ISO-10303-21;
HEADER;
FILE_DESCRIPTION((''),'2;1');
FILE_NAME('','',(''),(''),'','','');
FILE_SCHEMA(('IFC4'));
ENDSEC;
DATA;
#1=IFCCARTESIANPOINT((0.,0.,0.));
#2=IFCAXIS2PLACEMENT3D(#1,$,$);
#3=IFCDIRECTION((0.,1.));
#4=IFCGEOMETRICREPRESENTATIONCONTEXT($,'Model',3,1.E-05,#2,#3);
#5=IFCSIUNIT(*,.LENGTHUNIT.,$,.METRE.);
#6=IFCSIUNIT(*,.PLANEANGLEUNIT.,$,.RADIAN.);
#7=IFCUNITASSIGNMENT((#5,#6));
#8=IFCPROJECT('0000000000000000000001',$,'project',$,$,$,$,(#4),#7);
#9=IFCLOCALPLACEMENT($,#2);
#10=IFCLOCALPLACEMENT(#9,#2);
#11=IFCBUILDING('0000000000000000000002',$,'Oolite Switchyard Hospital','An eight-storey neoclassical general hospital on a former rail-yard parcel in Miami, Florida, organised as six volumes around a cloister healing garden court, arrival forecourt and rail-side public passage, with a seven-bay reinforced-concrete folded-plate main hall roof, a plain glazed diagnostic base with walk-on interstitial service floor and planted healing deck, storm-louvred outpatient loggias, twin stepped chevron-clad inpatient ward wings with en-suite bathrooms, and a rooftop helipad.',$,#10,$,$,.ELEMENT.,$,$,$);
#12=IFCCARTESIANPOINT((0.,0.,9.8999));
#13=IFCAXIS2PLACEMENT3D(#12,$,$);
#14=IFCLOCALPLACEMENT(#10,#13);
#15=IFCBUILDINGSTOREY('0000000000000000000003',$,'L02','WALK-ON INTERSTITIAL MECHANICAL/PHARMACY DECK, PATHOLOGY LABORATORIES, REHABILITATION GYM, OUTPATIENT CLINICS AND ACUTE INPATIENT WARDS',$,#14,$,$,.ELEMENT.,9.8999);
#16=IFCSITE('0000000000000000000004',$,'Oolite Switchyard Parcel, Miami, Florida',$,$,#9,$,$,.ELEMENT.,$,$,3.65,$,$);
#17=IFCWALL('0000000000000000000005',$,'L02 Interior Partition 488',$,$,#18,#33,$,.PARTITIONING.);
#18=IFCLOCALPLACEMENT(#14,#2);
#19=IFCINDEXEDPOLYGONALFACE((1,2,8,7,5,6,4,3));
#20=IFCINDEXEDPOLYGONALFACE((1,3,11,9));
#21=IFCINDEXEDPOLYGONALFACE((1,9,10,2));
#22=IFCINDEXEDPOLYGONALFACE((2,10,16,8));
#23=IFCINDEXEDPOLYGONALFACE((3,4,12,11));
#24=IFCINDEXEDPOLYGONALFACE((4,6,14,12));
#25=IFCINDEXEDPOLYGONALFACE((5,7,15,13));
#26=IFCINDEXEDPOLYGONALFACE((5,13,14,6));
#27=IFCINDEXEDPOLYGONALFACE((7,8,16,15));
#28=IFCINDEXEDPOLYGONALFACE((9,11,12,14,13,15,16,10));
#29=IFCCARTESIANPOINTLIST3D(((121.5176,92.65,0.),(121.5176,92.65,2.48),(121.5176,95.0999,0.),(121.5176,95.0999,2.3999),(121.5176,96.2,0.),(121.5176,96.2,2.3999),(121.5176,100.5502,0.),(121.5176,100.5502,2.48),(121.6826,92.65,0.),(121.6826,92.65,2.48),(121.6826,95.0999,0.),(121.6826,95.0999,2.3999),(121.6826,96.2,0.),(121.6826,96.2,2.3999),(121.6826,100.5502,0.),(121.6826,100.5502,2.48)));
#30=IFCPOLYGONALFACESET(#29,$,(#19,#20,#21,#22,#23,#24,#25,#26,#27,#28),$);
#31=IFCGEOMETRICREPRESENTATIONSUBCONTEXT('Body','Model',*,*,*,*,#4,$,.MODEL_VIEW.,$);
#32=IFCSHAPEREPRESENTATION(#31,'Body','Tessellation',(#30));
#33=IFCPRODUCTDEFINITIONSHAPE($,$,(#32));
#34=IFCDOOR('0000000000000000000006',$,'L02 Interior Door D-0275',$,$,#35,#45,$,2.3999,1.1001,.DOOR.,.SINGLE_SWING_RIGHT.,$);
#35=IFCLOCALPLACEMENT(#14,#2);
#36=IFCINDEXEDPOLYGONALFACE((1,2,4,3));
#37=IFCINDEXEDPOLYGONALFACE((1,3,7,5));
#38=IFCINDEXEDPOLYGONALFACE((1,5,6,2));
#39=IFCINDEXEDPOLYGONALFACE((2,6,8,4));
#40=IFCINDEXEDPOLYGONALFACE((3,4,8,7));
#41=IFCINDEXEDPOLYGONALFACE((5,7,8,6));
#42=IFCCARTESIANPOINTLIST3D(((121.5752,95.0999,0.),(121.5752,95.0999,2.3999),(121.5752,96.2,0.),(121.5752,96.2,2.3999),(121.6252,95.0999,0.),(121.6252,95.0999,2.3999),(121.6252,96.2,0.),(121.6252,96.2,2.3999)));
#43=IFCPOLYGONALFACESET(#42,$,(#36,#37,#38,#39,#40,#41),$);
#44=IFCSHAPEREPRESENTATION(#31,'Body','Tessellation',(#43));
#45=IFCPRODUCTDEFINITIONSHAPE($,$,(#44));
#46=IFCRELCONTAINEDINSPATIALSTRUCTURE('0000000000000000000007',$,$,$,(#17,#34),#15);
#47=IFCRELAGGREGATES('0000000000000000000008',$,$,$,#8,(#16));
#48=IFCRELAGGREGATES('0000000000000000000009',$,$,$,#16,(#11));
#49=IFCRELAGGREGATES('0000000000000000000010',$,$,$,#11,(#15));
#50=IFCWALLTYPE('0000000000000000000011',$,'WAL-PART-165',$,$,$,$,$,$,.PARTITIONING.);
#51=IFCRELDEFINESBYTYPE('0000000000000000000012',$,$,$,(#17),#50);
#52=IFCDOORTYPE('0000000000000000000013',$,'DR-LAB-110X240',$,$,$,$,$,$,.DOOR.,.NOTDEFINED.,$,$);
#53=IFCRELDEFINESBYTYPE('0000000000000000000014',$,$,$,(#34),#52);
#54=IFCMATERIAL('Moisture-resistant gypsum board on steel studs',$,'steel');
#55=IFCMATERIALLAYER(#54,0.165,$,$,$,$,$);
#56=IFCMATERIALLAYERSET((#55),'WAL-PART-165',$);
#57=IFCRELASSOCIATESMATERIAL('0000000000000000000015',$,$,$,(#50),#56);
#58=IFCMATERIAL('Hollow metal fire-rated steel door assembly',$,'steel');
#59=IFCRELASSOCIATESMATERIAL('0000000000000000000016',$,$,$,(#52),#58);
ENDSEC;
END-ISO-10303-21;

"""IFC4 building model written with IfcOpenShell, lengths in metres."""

from ifc_helpers import new_model, si_unit, direction, frame, frame_2d, origin, place, context, subcontext, project, spatial, rectangle, extrude, material, layer, layer_set, type_object, element, fill, save


model = new_model("IFC4")

# Units and contexts
model_context = context("Model", 3, precision=1e-05, world=origin(), true_north=direction((0.0, 1.0)))
body_context = subcontext(model_context, "Body", "Model", "MODEL_VIEW")
ifc_project = project(units=[si_unit("LENGTHUNIT", "METRE"), si_unit("PLANEANGLEUNIT", "RADIAN")], contexts=[model_context])

# Site, building, storey
site_placement = place(None, origin())
site = spatial("IfcSite", under=ifc_project, at=site_placement, Name="Oolite Switchyard Parcel, Miami, Florida", CompositionType="ELEMENT", RefElevation=3.65)
building_placement = place(site_placement, origin())
building = spatial("IfcBuilding", under=site, at=building_placement, Name="Oolite Switchyard Hospital", Description="An eight-storey neoclassical general hospital on a former rail-yard parcel in Miami, Florida, organised as six volumes around a cloister healing garden court, arrival forecourt and rail-side public passage, with a seven-bay reinforced-concrete folded-plate main hall roof, a plain glazed diagnostic base with walk-on interstitial service floor and planted healing deck, storm-louvred outpatient loggias, twin stepped chevron-clad inpatient ward wings with en-suite bathrooms, and a rooftop helipad.", CompositionType="ELEMENT")
storey_placement = place(building_placement, frame((0.0, 0.0, 9.8999)))
storey = spatial("IfcBuildingStorey", under=building, at=storey_placement, Name="L02", Description="WALK-ON INTERSTITIAL MECHANICAL/PHARMACY DECK, PATHOLOGY LABORATORIES, REHABILITATION GYM, OUTPATIENT CLINICS AND ACUTE INPATIENT WARDS", CompositionType="ELEMENT", Elevation=9.8999)

# Shared definitions
ifc_material_1 = material(Name="Moisture-resistant gypsum board on steel studs", Category="steel")

# Wall, opening, door
ifc_layer_1 = layer(ifc_material_1, 0.165)
ifc_layer_set_1 = layer_set([ifc_layer_1], Name="WAL-PART-165")
wall_type_1 = type_object("IfcWallType", Name="WAL-PART-165", PredefinedType="PARTITIONING", material=ifc_layer_set_1)
ifc_material_2 = material(Name="Hollow metal fire-rated steel door assembly", Category="steel")
door_type_1 = type_object("IfcDoorType", Name="DR-LAB-110X240", OperationType="NOTDEFINED", PredefinedType="DOOR", material=ifc_material_2)
wall_1_placement = place(storey_placement, frame((121.6001, 92.6499, 0.0), z_axis=(0.0, 0.0, 1.0), x_axis=(0.0, 1.0, 0.0)))
wall_1 = element("IfcWall", 1, at=wall_1_placement, inside=storey, type_object=wall_type_1, Name="L02 Interior Partition 488", PredefinedType="PARTITIONING", context=body_context, shape_type="SweptSolid", body=[
    extrude(rectangle(XDim=7.9001, YDim=0.165, at=frame_2d((3.9502, 0.0))), origin(), (0.0, 0.0, 1.0), 2.48),
])
opening_1_placement = place(wall_1_placement, frame((2.45, 0.0, 0.0)))
opening_1 = element("IfcOpeningElement", 2, at=opening_1_placement, cuts=wall_1, PredefinedType="OPENING", context=body_context, shape_type="SweptSolid", body=[
    extrude(rectangle(XDim=1.1001, YDim=2.3999, at=frame_2d((0.55, 1.2))), frame((0.0, 0.0925, 0.0), z_axis=(0.0, -1.0, 0.0), x_axis=(1.0, 0.0, 0.0)), (0.0, 0.0, 1.0), 0.1851),
])
door_1_placement = place(opening_1_placement, origin())
door_1 = element("IfcDoor", 3, at=door_1_placement, inside=storey, type_object=door_type_1, Name="L02 Interior Door D-0275", OperationType="SINGLE_SWING_RIGHT", OverallHeight=2.3999, OverallWidth=1.1001, PredefinedType="DOOR", context=body_context, shape_type="SweptSolid", body=[
    extrude(rectangle(XDim=1.1001, YDim=2.3999, at=frame_2d((0.55, 1.2))), frame((0.0, 0.0249, 0.0), z_axis=(0.0, -1.0, 0.0), x_axis=(1.0, 0.0, 0.0)), (0.0, 0.0, 1.0), 0.05),
])
fill(opening_1, door_1)

save(model, "model.ifc")
